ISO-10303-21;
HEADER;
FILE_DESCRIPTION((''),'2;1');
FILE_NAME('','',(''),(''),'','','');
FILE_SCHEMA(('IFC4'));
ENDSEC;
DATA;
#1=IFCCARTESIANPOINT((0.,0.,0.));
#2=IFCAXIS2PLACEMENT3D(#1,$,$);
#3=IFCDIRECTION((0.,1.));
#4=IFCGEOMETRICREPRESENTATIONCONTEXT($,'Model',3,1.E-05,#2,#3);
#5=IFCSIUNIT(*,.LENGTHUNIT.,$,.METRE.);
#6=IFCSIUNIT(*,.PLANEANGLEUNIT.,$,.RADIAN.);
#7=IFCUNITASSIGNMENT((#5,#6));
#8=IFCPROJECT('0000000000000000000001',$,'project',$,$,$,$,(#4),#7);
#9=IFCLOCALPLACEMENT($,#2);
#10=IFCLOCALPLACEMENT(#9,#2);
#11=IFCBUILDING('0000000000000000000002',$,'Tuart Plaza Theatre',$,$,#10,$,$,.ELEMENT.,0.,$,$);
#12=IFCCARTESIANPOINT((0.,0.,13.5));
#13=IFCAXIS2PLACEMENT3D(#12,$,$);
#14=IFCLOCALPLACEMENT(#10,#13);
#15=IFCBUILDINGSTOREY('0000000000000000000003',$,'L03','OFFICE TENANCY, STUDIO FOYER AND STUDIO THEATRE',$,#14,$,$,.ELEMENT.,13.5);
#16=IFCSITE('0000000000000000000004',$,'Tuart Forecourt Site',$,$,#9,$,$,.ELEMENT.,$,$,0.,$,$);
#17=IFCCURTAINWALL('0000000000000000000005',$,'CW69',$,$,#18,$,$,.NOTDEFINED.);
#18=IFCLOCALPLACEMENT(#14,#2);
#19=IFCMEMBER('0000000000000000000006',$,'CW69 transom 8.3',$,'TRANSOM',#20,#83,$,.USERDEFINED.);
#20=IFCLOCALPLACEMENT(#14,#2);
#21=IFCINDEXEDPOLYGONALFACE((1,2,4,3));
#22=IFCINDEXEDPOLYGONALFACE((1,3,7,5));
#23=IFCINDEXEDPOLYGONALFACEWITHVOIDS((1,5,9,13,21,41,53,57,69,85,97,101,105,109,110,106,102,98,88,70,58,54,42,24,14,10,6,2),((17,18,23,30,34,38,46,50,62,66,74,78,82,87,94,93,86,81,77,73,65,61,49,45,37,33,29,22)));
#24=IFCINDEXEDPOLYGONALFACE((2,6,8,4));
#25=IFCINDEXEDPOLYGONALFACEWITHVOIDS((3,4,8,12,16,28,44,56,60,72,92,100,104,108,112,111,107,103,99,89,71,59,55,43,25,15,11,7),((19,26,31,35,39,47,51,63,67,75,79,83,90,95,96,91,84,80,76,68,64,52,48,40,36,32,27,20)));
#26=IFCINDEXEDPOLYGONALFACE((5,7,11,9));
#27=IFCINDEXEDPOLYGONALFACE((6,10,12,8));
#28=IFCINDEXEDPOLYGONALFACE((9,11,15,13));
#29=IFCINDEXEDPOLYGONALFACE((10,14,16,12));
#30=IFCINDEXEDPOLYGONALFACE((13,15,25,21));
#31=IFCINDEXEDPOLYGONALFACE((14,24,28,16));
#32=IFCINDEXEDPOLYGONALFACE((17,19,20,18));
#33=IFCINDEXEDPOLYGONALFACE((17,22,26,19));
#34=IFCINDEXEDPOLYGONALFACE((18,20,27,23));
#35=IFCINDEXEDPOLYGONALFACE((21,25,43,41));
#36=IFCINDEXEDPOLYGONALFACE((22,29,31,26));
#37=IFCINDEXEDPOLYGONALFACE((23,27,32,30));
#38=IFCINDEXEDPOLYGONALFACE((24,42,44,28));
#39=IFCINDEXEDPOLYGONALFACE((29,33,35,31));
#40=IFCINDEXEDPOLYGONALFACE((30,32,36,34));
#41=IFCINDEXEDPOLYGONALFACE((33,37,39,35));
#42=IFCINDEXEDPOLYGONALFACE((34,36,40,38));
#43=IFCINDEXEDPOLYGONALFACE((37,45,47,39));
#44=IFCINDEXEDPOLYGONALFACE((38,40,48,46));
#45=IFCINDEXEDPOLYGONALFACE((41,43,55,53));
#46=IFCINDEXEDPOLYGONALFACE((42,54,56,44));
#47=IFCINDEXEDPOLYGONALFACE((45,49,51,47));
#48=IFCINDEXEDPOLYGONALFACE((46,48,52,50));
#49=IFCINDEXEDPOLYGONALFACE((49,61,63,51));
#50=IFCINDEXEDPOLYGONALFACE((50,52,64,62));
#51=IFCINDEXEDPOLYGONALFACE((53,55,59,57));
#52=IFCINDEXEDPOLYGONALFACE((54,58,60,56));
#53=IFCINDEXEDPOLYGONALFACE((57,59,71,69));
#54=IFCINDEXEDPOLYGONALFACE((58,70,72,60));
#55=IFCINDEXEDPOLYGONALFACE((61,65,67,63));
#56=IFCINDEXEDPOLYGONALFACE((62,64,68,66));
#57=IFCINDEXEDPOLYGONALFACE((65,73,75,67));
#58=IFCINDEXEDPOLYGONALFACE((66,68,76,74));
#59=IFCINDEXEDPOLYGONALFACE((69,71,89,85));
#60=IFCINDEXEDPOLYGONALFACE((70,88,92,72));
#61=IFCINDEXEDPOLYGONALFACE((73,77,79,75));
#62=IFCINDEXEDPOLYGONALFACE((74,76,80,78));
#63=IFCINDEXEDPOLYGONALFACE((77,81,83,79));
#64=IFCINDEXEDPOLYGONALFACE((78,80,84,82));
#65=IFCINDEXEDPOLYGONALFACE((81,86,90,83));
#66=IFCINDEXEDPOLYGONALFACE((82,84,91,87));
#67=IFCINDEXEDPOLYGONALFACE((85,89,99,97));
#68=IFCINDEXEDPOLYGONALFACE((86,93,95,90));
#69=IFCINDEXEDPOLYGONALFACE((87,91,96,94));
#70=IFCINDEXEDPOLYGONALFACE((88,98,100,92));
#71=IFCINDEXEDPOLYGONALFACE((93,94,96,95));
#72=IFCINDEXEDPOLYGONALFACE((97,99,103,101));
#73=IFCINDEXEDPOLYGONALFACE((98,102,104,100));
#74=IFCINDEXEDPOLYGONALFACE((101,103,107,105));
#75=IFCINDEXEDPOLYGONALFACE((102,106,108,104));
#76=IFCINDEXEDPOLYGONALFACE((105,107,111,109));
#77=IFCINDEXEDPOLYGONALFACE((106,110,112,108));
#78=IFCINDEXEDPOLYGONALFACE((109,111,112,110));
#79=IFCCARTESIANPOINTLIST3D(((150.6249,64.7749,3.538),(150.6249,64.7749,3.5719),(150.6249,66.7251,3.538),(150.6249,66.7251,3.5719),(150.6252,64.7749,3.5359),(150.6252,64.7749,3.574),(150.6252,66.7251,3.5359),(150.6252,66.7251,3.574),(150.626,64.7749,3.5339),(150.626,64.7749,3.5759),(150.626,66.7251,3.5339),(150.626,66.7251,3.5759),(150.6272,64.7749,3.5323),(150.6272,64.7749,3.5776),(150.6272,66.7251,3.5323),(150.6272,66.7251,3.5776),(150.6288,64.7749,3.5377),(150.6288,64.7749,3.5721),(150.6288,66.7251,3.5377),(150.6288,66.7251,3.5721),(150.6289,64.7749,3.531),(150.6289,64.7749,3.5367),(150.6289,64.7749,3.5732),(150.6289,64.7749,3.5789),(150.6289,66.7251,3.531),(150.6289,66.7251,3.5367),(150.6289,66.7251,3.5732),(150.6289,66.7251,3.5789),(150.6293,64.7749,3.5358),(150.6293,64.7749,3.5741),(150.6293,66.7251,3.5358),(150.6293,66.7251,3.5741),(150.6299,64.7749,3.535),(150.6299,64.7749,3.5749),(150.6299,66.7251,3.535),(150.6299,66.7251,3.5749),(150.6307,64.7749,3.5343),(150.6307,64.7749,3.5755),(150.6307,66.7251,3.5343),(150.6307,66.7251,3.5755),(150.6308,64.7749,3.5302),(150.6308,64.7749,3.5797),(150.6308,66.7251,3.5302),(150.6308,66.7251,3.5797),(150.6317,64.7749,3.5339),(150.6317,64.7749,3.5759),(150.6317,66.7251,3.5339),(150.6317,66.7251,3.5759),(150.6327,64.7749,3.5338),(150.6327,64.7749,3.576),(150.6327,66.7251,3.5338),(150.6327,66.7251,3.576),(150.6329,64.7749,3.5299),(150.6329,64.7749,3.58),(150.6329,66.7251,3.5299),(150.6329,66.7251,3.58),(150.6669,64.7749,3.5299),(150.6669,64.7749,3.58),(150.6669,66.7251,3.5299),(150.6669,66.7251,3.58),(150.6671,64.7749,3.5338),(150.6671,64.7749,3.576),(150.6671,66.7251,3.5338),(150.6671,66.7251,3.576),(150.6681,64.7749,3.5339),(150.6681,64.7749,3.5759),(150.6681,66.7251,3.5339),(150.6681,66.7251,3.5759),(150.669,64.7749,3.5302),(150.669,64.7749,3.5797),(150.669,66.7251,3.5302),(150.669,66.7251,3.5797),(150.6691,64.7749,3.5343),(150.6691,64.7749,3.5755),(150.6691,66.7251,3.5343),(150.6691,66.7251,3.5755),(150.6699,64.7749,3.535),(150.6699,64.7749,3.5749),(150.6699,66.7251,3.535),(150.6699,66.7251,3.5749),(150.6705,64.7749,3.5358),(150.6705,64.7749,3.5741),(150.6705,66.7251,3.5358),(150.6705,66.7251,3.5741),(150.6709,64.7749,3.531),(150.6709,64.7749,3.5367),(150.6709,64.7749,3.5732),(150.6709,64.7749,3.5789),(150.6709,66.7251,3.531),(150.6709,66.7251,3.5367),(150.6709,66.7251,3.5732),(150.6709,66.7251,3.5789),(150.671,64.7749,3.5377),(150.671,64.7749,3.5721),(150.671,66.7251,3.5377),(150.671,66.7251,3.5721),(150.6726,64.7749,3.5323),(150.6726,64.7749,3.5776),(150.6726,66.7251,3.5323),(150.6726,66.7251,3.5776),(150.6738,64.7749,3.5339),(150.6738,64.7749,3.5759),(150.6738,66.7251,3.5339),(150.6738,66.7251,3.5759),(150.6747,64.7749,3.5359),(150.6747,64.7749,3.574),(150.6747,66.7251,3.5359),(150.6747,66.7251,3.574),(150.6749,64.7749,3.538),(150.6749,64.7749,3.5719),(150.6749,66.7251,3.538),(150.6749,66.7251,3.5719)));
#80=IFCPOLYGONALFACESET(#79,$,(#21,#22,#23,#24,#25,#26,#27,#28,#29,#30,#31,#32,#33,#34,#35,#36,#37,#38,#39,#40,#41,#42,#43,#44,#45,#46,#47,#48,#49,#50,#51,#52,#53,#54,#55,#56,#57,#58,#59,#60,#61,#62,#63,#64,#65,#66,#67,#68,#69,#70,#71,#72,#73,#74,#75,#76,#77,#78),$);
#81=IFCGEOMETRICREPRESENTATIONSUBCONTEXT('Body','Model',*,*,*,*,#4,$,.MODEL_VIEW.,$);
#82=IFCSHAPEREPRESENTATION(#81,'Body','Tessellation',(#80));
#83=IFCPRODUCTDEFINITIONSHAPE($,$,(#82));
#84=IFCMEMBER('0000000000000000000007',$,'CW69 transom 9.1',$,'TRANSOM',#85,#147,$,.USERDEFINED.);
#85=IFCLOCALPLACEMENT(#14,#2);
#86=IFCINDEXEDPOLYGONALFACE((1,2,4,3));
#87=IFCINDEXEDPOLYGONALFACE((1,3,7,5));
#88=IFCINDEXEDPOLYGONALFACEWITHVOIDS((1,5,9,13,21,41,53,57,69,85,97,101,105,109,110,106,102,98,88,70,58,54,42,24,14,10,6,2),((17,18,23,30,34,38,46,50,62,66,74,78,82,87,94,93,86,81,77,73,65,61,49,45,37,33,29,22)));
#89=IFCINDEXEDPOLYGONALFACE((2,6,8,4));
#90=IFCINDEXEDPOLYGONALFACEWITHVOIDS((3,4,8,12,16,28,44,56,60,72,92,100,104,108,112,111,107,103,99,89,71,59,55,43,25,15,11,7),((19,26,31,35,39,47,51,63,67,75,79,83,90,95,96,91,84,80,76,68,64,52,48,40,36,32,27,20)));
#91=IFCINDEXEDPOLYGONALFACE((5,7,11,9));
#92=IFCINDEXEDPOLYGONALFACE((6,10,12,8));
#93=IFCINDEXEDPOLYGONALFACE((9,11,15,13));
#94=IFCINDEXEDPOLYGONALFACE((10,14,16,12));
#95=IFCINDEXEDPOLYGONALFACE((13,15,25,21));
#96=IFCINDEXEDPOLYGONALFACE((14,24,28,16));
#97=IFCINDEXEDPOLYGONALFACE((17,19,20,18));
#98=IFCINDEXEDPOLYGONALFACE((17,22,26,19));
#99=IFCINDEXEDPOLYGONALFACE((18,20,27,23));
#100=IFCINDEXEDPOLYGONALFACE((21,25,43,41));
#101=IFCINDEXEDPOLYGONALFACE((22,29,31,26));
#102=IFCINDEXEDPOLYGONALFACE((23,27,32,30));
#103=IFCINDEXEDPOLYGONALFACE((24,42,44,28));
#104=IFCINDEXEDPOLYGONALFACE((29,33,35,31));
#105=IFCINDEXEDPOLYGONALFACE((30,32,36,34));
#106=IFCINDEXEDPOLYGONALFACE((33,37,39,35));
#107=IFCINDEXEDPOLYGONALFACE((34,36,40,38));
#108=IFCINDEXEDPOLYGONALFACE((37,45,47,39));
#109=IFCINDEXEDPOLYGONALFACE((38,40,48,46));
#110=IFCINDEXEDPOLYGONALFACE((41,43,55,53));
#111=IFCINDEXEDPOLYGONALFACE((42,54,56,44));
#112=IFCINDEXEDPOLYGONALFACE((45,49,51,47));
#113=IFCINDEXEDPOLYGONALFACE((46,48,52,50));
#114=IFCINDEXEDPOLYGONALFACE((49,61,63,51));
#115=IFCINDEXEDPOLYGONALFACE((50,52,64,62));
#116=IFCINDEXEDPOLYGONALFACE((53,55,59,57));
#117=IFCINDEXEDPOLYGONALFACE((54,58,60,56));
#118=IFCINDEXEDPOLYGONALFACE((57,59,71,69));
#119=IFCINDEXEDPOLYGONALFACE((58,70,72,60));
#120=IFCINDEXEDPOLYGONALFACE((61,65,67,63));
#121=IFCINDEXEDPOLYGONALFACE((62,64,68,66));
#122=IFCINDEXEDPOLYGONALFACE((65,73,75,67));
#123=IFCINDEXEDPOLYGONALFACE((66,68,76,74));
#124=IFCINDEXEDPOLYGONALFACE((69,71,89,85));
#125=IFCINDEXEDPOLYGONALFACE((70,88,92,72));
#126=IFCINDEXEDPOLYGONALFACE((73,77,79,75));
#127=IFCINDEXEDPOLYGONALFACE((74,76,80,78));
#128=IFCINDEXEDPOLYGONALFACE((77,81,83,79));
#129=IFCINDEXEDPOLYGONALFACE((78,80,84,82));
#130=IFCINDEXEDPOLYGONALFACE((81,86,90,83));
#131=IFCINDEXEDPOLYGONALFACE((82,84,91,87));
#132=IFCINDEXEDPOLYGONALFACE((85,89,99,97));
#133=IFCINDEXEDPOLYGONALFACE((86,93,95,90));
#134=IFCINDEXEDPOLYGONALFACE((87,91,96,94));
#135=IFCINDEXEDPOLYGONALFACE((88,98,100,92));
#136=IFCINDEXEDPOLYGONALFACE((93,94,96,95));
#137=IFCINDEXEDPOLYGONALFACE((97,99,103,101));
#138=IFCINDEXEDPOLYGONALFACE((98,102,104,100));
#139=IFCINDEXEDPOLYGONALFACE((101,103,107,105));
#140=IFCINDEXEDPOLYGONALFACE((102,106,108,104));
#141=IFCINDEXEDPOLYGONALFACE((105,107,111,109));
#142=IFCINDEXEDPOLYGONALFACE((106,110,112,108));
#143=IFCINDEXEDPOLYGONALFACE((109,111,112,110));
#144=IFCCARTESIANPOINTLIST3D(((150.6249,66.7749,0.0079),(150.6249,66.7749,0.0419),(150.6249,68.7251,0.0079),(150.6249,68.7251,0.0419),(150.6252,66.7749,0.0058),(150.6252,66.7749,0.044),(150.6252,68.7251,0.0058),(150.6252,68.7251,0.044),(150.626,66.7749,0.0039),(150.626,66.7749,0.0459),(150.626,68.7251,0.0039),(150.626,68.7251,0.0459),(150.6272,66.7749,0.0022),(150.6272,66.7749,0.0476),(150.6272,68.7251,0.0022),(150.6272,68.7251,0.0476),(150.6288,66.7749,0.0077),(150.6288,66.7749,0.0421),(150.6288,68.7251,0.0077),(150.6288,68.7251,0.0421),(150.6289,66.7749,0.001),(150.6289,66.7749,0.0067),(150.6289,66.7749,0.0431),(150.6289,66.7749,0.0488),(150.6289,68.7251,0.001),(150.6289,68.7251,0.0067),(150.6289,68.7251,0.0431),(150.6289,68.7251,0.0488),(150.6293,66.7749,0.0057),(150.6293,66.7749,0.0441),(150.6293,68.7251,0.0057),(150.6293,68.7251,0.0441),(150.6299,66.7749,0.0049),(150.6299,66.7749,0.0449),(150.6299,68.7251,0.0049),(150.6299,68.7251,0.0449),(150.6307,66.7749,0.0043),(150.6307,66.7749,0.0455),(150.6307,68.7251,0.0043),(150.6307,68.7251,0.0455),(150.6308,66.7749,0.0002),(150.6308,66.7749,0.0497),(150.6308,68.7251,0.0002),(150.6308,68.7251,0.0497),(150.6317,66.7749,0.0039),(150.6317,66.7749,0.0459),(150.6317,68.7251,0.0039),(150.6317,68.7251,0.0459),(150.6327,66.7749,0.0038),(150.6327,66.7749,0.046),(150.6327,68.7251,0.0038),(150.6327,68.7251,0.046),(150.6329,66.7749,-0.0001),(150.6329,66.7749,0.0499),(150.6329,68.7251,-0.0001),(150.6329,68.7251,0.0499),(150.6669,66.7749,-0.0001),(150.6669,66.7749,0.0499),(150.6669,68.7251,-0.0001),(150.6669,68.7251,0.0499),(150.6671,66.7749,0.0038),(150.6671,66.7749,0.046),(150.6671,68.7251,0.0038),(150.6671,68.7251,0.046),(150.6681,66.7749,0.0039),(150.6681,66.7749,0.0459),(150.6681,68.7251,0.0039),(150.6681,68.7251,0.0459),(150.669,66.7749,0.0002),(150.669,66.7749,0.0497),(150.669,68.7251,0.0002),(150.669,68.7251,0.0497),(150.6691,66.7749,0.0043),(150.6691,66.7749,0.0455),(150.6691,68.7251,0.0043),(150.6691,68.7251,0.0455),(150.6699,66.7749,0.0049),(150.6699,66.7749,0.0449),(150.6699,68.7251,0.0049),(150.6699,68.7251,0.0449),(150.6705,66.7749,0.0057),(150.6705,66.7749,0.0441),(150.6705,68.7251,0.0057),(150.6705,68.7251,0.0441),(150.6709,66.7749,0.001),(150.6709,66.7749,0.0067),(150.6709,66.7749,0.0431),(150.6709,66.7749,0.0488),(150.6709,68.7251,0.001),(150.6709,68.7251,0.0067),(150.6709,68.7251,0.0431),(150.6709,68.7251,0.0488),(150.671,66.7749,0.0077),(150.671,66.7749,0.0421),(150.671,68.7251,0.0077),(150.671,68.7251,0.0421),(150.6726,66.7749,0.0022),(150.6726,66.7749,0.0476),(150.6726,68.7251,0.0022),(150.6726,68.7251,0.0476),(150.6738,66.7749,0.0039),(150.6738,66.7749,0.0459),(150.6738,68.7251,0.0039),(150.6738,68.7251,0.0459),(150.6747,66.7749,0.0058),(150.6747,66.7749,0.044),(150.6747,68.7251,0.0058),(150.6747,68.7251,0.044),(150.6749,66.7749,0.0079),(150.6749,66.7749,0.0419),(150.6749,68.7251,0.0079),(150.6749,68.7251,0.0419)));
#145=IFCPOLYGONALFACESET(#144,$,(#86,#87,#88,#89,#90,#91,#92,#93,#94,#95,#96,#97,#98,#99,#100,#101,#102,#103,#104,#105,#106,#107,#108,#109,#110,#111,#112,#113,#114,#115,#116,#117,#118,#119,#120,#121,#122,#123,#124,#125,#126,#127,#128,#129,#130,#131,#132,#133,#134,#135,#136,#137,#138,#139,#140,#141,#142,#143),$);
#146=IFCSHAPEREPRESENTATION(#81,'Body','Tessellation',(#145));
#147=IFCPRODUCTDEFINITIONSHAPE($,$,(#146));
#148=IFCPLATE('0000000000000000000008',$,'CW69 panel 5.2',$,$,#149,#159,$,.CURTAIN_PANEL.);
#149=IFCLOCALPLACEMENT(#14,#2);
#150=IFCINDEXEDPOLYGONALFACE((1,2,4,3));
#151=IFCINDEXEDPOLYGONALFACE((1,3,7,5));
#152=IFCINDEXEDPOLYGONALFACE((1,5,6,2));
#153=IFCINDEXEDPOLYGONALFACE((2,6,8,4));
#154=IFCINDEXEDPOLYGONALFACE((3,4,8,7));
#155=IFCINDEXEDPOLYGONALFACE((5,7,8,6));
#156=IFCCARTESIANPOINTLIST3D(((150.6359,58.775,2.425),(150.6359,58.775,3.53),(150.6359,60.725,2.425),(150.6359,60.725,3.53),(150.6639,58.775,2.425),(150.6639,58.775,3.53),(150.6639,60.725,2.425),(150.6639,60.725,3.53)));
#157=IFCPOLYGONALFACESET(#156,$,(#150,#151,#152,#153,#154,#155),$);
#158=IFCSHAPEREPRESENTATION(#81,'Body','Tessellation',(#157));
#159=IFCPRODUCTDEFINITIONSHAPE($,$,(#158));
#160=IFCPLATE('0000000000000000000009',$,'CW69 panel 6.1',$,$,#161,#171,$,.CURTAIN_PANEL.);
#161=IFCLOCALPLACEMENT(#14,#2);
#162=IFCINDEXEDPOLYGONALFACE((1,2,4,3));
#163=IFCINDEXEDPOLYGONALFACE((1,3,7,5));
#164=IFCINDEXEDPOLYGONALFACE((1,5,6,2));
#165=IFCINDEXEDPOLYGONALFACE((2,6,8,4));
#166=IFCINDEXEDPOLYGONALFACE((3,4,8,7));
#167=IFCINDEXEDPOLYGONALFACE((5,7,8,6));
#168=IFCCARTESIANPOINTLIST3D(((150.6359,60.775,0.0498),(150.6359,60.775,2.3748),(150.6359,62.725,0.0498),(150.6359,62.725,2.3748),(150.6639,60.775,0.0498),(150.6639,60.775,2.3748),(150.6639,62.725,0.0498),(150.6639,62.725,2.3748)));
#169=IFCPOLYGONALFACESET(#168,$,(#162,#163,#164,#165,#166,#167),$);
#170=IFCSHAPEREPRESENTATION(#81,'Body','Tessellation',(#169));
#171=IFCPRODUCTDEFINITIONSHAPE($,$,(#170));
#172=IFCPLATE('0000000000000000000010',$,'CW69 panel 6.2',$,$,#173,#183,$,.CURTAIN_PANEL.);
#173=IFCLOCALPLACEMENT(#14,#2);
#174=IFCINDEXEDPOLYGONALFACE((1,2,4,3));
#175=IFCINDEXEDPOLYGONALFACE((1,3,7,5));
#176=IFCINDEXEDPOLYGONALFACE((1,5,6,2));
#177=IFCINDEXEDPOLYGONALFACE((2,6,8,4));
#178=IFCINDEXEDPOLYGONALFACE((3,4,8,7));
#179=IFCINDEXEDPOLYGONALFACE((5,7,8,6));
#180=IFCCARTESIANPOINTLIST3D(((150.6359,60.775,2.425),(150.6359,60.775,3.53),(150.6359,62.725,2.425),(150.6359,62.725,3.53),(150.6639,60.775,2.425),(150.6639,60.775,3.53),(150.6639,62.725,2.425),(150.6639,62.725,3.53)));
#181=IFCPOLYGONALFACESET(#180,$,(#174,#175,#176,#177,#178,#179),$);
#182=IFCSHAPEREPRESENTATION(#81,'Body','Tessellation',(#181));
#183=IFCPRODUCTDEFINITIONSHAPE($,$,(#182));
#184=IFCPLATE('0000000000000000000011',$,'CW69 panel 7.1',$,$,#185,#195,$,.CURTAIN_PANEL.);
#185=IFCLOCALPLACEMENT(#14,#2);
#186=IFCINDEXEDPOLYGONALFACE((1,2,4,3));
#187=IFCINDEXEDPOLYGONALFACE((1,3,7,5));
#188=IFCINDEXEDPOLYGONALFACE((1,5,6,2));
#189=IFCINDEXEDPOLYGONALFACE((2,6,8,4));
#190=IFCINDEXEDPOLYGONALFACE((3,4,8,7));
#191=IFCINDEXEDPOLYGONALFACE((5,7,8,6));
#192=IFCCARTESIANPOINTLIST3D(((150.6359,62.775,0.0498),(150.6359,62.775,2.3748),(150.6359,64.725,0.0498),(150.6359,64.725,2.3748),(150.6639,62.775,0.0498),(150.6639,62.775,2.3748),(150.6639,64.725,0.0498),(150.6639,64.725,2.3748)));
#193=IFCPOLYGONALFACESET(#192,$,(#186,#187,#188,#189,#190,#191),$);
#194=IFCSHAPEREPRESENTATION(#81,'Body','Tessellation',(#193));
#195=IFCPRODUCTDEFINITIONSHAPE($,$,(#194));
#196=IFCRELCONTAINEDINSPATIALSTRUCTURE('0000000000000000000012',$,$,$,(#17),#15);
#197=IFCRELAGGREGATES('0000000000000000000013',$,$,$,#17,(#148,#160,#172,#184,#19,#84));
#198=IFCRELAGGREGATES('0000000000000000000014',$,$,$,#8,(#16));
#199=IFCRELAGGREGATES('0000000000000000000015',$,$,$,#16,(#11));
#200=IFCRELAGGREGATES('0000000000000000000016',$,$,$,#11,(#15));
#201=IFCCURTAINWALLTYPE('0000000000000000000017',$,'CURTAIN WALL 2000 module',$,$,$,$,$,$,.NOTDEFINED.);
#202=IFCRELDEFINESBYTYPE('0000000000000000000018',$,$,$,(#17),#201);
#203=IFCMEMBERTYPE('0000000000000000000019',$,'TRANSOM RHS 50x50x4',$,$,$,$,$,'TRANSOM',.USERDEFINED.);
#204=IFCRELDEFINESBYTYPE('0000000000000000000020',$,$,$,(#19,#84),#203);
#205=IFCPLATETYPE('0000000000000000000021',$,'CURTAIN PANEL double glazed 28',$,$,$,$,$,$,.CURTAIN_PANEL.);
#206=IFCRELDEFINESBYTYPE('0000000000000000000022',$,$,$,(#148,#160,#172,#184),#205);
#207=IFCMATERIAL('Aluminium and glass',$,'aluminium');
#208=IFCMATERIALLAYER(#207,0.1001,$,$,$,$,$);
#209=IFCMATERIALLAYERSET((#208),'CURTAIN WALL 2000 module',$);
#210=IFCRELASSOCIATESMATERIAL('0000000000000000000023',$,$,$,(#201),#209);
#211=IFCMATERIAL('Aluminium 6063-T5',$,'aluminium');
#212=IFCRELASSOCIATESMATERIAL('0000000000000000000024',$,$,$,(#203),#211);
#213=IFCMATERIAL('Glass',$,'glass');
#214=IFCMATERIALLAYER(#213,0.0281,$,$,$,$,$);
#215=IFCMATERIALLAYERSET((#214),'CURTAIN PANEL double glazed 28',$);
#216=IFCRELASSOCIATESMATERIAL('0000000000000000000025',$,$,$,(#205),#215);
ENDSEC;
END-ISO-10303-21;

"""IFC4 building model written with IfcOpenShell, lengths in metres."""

from ifc_helpers import new_model, si_unit, direction, frame, origin, origin_2d, place, context, subcontext, project, spatial, rectangle, hollow_rectangle, extrude, material, layer, layer_set, material_profile, profile_set, type_object, element, aggregate, save


model = new_model("IFC4")

# Units and contexts
model_context = context("Model", 3, precision=1e-05, world=origin(), true_north=direction((0.0, 1.0)))
body_context = subcontext(model_context, "Body", "Model", "MODEL_VIEW")
ifc_project = project(units=[si_unit("LENGTHUNIT", "METRE"), si_unit("PLANEANGLEUNIT", "RADIAN")], contexts=[model_context])

# Site, building, storey
site_placement = place(None, origin())
site = spatial("IfcSite", under=ifc_project, at=site_placement, Name="Tuart Forecourt Site", CompositionType="ELEMENT", RefElevation=0.0)
building_placement = place(site_placement, origin())
building = spatial("IfcBuilding", under=site, at=building_placement, Name="Tuart Plaza Theatre", CompositionType="ELEMENT", ElevationOfRefHeight=0.0)
storey_placement = place(building_placement, frame((0.0, 0.0, 13.5)))
storey = spatial("IfcBuildingStorey", under=building, at=storey_placement, Name="L03", Description="OFFICE TENANCY, STUDIO FOYER AND STUDIO THEATRE", CompositionType="ELEMENT", Elevation=13.5)

# Curtain wall, members, plates
ifc_material_1 = material(Name="Aluminium and glass", Category="aluminium")
ifc_layer_1 = layer(ifc_material_1, 0.1001)
ifc_layer_set_1 = layer_set([ifc_layer_1], Name="CURTAIN WALL 2000 module")
curtain_wall_type = type_object("IfcCurtainWallType", Name="CURTAIN WALL 2000 module", PredefinedType="NOTDEFINED", material=ifc_layer_set_1)
curtain_wall_placement = place(storey_placement, origin())
curtain_wall = element("IfcCurtainWall", 1, at=curtain_wall_placement, inside=storey, type_object=curtain_wall_type, Name="CW69", PredefinedType="NOTDEFINED")
ifc_material_2 = material(Name="Aluminium 6063-T5", Category="aluminium")
ifc_material_profile_1 = material_profile(ifc_material_2, hollow_rectangle(XDim=0.05, YDim=0.05, WallThickness=0.0039, InnerFilletRadius=0.0039, OuterFilletRadius=0.0081, at=origin_2d()), Name="RHS 50x50x4")
ifc_profile_set_1 = profile_set([ifc_material_profile_1], Name="Aluminium 6063-T5")
member_type_1 = type_object("IfcMemberType", Name="TRANSOM RHS 50x50x4", ElementType="TRANSOM", PredefinedType="USERDEFINED", material=ifc_profile_set_1)
member_1_placement = place(storey_placement, frame((150.6499, 64.7749, 3.5549), z_axis=(0.0, 1.0, 0.0), x_axis=(-1.0, 0.0, 0.0)))
member_1 = element("IfcMember", 2, at=member_1_placement, type_object=member_type_1, Name="CW69 transom 8.3", ObjectType="TRANSOM", PredefinedType="USERDEFINED", context=body_context, shape_type="SweptSolid", body=[
    extrude(hollow_rectangle(XDim=0.05, YDim=0.05, WallThickness=0.0039, InnerFilletRadius=0.0039, OuterFilletRadius=0.0081, at=origin_2d()), origin(), (0.0, 0.0, 1.0), 1.9502),
])
member_2_placement = place(storey_placement, frame((150.6499, 66.7749, 0.0249), z_axis=(0.0, 1.0, 0.0), x_axis=(-1.0, 0.0, 0.0)))
member_2 = element("IfcMember", 3, at=member_2_placement, type_object=member_type_1, Name="CW69 transom 9.1", ObjectType="TRANSOM", PredefinedType="USERDEFINED", context=body_context, shape_type="SweptSolid", body=[
    extrude(hollow_rectangle(XDim=0.05, YDim=0.05, WallThickness=0.0039, InnerFilletRadius=0.0039, OuterFilletRadius=0.0081, at=origin_2d()), origin(), (0.0, 0.0, 1.0), 1.9502),
])
ifc_material_3 = material(Name="Glass", Category="glass")
ifc_layer_2 = layer(ifc_material_3, 0.0281)
ifc_layer_set_2 = layer_set([ifc_layer_2], Name="CURTAIN PANEL double glazed 28")
plate_type = type_object("IfcPlateType", Name="CURTAIN PANEL double glazed 28", PredefinedType="CURTAIN_PANEL", material=ifc_layer_set_2)
plate_1_placement = place(storey_placement, frame((150.6499, 59.75, 2.425), z_axis=(0.0, 0.0, 1.0), x_axis=(0.0, 1.0, 0.0)))
plate_1 = element("IfcPlate", 4, at=plate_1_placement, type_object=plate_type, Name="CW69 panel 5.2", PredefinedType="CURTAIN_PANEL", context=body_context, shape_type="SweptSolid", body=[
    extrude(rectangle(XDim=1.95, YDim=0.0281, at=origin_2d()), origin(), (0.0, 0.0, 1.0), 1.105),
])
plate_2_placement = place(storey_placement, frame((150.6499, 61.75, 0.0498), z_axis=(0.0, 0.0, 1.0), x_axis=(0.0, 1.0, 0.0)))
plate_2 = element("IfcPlate", 5, at=plate_2_placement, type_object=plate_type, Name="CW69 panel 6.1", PredefinedType="CURTAIN_PANEL", context=body_context, shape_type="SweptSolid", body=[
    extrude(rectangle(XDim=1.95, YDim=0.0281, at=origin_2d()), origin(), (0.0, 0.0, 1.0), 2.325),
])
plate_3_placement = place(storey_placement, frame((150.6499, 61.75, 2.425), z_axis=(0.0, 0.0, 1.0), x_axis=(0.0, 1.0, 0.0)))
plate_3 = element("IfcPlate", 6, at=plate_3_placement, type_object=plate_type, Name="CW69 panel 6.2", PredefinedType="CURTAIN_PANEL", context=body_context, shape_type="SweptSolid", body=[
    extrude(rectangle(XDim=1.95, YDim=0.0281, at=origin_2d()), origin(), (0.0, 0.0, 1.0), 1.105),
])
plate_4_placement = place(storey_placement, frame((150.6499, 63.75, 0.0498), z_axis=(0.0, 0.0, 1.0), x_axis=(0.0, 1.0, 0.0)))
plate_4 = element("IfcPlate", 7, at=plate_4_placement, type_object=plate_type, Name="CW69 panel 7.1", PredefinedType="CURTAIN_PANEL", context=body_context, shape_type="SweptSolid", body=[
    extrude(rectangle(XDim=1.95, YDim=0.0281, at=origin_2d()), origin(), (0.0, 0.0, 1.0), 2.325),
])
aggregate(curtain_wall, [plate_1, plate_2, plate_3, plate_4, member_1, member_2])

save(model, "model.ifc")
